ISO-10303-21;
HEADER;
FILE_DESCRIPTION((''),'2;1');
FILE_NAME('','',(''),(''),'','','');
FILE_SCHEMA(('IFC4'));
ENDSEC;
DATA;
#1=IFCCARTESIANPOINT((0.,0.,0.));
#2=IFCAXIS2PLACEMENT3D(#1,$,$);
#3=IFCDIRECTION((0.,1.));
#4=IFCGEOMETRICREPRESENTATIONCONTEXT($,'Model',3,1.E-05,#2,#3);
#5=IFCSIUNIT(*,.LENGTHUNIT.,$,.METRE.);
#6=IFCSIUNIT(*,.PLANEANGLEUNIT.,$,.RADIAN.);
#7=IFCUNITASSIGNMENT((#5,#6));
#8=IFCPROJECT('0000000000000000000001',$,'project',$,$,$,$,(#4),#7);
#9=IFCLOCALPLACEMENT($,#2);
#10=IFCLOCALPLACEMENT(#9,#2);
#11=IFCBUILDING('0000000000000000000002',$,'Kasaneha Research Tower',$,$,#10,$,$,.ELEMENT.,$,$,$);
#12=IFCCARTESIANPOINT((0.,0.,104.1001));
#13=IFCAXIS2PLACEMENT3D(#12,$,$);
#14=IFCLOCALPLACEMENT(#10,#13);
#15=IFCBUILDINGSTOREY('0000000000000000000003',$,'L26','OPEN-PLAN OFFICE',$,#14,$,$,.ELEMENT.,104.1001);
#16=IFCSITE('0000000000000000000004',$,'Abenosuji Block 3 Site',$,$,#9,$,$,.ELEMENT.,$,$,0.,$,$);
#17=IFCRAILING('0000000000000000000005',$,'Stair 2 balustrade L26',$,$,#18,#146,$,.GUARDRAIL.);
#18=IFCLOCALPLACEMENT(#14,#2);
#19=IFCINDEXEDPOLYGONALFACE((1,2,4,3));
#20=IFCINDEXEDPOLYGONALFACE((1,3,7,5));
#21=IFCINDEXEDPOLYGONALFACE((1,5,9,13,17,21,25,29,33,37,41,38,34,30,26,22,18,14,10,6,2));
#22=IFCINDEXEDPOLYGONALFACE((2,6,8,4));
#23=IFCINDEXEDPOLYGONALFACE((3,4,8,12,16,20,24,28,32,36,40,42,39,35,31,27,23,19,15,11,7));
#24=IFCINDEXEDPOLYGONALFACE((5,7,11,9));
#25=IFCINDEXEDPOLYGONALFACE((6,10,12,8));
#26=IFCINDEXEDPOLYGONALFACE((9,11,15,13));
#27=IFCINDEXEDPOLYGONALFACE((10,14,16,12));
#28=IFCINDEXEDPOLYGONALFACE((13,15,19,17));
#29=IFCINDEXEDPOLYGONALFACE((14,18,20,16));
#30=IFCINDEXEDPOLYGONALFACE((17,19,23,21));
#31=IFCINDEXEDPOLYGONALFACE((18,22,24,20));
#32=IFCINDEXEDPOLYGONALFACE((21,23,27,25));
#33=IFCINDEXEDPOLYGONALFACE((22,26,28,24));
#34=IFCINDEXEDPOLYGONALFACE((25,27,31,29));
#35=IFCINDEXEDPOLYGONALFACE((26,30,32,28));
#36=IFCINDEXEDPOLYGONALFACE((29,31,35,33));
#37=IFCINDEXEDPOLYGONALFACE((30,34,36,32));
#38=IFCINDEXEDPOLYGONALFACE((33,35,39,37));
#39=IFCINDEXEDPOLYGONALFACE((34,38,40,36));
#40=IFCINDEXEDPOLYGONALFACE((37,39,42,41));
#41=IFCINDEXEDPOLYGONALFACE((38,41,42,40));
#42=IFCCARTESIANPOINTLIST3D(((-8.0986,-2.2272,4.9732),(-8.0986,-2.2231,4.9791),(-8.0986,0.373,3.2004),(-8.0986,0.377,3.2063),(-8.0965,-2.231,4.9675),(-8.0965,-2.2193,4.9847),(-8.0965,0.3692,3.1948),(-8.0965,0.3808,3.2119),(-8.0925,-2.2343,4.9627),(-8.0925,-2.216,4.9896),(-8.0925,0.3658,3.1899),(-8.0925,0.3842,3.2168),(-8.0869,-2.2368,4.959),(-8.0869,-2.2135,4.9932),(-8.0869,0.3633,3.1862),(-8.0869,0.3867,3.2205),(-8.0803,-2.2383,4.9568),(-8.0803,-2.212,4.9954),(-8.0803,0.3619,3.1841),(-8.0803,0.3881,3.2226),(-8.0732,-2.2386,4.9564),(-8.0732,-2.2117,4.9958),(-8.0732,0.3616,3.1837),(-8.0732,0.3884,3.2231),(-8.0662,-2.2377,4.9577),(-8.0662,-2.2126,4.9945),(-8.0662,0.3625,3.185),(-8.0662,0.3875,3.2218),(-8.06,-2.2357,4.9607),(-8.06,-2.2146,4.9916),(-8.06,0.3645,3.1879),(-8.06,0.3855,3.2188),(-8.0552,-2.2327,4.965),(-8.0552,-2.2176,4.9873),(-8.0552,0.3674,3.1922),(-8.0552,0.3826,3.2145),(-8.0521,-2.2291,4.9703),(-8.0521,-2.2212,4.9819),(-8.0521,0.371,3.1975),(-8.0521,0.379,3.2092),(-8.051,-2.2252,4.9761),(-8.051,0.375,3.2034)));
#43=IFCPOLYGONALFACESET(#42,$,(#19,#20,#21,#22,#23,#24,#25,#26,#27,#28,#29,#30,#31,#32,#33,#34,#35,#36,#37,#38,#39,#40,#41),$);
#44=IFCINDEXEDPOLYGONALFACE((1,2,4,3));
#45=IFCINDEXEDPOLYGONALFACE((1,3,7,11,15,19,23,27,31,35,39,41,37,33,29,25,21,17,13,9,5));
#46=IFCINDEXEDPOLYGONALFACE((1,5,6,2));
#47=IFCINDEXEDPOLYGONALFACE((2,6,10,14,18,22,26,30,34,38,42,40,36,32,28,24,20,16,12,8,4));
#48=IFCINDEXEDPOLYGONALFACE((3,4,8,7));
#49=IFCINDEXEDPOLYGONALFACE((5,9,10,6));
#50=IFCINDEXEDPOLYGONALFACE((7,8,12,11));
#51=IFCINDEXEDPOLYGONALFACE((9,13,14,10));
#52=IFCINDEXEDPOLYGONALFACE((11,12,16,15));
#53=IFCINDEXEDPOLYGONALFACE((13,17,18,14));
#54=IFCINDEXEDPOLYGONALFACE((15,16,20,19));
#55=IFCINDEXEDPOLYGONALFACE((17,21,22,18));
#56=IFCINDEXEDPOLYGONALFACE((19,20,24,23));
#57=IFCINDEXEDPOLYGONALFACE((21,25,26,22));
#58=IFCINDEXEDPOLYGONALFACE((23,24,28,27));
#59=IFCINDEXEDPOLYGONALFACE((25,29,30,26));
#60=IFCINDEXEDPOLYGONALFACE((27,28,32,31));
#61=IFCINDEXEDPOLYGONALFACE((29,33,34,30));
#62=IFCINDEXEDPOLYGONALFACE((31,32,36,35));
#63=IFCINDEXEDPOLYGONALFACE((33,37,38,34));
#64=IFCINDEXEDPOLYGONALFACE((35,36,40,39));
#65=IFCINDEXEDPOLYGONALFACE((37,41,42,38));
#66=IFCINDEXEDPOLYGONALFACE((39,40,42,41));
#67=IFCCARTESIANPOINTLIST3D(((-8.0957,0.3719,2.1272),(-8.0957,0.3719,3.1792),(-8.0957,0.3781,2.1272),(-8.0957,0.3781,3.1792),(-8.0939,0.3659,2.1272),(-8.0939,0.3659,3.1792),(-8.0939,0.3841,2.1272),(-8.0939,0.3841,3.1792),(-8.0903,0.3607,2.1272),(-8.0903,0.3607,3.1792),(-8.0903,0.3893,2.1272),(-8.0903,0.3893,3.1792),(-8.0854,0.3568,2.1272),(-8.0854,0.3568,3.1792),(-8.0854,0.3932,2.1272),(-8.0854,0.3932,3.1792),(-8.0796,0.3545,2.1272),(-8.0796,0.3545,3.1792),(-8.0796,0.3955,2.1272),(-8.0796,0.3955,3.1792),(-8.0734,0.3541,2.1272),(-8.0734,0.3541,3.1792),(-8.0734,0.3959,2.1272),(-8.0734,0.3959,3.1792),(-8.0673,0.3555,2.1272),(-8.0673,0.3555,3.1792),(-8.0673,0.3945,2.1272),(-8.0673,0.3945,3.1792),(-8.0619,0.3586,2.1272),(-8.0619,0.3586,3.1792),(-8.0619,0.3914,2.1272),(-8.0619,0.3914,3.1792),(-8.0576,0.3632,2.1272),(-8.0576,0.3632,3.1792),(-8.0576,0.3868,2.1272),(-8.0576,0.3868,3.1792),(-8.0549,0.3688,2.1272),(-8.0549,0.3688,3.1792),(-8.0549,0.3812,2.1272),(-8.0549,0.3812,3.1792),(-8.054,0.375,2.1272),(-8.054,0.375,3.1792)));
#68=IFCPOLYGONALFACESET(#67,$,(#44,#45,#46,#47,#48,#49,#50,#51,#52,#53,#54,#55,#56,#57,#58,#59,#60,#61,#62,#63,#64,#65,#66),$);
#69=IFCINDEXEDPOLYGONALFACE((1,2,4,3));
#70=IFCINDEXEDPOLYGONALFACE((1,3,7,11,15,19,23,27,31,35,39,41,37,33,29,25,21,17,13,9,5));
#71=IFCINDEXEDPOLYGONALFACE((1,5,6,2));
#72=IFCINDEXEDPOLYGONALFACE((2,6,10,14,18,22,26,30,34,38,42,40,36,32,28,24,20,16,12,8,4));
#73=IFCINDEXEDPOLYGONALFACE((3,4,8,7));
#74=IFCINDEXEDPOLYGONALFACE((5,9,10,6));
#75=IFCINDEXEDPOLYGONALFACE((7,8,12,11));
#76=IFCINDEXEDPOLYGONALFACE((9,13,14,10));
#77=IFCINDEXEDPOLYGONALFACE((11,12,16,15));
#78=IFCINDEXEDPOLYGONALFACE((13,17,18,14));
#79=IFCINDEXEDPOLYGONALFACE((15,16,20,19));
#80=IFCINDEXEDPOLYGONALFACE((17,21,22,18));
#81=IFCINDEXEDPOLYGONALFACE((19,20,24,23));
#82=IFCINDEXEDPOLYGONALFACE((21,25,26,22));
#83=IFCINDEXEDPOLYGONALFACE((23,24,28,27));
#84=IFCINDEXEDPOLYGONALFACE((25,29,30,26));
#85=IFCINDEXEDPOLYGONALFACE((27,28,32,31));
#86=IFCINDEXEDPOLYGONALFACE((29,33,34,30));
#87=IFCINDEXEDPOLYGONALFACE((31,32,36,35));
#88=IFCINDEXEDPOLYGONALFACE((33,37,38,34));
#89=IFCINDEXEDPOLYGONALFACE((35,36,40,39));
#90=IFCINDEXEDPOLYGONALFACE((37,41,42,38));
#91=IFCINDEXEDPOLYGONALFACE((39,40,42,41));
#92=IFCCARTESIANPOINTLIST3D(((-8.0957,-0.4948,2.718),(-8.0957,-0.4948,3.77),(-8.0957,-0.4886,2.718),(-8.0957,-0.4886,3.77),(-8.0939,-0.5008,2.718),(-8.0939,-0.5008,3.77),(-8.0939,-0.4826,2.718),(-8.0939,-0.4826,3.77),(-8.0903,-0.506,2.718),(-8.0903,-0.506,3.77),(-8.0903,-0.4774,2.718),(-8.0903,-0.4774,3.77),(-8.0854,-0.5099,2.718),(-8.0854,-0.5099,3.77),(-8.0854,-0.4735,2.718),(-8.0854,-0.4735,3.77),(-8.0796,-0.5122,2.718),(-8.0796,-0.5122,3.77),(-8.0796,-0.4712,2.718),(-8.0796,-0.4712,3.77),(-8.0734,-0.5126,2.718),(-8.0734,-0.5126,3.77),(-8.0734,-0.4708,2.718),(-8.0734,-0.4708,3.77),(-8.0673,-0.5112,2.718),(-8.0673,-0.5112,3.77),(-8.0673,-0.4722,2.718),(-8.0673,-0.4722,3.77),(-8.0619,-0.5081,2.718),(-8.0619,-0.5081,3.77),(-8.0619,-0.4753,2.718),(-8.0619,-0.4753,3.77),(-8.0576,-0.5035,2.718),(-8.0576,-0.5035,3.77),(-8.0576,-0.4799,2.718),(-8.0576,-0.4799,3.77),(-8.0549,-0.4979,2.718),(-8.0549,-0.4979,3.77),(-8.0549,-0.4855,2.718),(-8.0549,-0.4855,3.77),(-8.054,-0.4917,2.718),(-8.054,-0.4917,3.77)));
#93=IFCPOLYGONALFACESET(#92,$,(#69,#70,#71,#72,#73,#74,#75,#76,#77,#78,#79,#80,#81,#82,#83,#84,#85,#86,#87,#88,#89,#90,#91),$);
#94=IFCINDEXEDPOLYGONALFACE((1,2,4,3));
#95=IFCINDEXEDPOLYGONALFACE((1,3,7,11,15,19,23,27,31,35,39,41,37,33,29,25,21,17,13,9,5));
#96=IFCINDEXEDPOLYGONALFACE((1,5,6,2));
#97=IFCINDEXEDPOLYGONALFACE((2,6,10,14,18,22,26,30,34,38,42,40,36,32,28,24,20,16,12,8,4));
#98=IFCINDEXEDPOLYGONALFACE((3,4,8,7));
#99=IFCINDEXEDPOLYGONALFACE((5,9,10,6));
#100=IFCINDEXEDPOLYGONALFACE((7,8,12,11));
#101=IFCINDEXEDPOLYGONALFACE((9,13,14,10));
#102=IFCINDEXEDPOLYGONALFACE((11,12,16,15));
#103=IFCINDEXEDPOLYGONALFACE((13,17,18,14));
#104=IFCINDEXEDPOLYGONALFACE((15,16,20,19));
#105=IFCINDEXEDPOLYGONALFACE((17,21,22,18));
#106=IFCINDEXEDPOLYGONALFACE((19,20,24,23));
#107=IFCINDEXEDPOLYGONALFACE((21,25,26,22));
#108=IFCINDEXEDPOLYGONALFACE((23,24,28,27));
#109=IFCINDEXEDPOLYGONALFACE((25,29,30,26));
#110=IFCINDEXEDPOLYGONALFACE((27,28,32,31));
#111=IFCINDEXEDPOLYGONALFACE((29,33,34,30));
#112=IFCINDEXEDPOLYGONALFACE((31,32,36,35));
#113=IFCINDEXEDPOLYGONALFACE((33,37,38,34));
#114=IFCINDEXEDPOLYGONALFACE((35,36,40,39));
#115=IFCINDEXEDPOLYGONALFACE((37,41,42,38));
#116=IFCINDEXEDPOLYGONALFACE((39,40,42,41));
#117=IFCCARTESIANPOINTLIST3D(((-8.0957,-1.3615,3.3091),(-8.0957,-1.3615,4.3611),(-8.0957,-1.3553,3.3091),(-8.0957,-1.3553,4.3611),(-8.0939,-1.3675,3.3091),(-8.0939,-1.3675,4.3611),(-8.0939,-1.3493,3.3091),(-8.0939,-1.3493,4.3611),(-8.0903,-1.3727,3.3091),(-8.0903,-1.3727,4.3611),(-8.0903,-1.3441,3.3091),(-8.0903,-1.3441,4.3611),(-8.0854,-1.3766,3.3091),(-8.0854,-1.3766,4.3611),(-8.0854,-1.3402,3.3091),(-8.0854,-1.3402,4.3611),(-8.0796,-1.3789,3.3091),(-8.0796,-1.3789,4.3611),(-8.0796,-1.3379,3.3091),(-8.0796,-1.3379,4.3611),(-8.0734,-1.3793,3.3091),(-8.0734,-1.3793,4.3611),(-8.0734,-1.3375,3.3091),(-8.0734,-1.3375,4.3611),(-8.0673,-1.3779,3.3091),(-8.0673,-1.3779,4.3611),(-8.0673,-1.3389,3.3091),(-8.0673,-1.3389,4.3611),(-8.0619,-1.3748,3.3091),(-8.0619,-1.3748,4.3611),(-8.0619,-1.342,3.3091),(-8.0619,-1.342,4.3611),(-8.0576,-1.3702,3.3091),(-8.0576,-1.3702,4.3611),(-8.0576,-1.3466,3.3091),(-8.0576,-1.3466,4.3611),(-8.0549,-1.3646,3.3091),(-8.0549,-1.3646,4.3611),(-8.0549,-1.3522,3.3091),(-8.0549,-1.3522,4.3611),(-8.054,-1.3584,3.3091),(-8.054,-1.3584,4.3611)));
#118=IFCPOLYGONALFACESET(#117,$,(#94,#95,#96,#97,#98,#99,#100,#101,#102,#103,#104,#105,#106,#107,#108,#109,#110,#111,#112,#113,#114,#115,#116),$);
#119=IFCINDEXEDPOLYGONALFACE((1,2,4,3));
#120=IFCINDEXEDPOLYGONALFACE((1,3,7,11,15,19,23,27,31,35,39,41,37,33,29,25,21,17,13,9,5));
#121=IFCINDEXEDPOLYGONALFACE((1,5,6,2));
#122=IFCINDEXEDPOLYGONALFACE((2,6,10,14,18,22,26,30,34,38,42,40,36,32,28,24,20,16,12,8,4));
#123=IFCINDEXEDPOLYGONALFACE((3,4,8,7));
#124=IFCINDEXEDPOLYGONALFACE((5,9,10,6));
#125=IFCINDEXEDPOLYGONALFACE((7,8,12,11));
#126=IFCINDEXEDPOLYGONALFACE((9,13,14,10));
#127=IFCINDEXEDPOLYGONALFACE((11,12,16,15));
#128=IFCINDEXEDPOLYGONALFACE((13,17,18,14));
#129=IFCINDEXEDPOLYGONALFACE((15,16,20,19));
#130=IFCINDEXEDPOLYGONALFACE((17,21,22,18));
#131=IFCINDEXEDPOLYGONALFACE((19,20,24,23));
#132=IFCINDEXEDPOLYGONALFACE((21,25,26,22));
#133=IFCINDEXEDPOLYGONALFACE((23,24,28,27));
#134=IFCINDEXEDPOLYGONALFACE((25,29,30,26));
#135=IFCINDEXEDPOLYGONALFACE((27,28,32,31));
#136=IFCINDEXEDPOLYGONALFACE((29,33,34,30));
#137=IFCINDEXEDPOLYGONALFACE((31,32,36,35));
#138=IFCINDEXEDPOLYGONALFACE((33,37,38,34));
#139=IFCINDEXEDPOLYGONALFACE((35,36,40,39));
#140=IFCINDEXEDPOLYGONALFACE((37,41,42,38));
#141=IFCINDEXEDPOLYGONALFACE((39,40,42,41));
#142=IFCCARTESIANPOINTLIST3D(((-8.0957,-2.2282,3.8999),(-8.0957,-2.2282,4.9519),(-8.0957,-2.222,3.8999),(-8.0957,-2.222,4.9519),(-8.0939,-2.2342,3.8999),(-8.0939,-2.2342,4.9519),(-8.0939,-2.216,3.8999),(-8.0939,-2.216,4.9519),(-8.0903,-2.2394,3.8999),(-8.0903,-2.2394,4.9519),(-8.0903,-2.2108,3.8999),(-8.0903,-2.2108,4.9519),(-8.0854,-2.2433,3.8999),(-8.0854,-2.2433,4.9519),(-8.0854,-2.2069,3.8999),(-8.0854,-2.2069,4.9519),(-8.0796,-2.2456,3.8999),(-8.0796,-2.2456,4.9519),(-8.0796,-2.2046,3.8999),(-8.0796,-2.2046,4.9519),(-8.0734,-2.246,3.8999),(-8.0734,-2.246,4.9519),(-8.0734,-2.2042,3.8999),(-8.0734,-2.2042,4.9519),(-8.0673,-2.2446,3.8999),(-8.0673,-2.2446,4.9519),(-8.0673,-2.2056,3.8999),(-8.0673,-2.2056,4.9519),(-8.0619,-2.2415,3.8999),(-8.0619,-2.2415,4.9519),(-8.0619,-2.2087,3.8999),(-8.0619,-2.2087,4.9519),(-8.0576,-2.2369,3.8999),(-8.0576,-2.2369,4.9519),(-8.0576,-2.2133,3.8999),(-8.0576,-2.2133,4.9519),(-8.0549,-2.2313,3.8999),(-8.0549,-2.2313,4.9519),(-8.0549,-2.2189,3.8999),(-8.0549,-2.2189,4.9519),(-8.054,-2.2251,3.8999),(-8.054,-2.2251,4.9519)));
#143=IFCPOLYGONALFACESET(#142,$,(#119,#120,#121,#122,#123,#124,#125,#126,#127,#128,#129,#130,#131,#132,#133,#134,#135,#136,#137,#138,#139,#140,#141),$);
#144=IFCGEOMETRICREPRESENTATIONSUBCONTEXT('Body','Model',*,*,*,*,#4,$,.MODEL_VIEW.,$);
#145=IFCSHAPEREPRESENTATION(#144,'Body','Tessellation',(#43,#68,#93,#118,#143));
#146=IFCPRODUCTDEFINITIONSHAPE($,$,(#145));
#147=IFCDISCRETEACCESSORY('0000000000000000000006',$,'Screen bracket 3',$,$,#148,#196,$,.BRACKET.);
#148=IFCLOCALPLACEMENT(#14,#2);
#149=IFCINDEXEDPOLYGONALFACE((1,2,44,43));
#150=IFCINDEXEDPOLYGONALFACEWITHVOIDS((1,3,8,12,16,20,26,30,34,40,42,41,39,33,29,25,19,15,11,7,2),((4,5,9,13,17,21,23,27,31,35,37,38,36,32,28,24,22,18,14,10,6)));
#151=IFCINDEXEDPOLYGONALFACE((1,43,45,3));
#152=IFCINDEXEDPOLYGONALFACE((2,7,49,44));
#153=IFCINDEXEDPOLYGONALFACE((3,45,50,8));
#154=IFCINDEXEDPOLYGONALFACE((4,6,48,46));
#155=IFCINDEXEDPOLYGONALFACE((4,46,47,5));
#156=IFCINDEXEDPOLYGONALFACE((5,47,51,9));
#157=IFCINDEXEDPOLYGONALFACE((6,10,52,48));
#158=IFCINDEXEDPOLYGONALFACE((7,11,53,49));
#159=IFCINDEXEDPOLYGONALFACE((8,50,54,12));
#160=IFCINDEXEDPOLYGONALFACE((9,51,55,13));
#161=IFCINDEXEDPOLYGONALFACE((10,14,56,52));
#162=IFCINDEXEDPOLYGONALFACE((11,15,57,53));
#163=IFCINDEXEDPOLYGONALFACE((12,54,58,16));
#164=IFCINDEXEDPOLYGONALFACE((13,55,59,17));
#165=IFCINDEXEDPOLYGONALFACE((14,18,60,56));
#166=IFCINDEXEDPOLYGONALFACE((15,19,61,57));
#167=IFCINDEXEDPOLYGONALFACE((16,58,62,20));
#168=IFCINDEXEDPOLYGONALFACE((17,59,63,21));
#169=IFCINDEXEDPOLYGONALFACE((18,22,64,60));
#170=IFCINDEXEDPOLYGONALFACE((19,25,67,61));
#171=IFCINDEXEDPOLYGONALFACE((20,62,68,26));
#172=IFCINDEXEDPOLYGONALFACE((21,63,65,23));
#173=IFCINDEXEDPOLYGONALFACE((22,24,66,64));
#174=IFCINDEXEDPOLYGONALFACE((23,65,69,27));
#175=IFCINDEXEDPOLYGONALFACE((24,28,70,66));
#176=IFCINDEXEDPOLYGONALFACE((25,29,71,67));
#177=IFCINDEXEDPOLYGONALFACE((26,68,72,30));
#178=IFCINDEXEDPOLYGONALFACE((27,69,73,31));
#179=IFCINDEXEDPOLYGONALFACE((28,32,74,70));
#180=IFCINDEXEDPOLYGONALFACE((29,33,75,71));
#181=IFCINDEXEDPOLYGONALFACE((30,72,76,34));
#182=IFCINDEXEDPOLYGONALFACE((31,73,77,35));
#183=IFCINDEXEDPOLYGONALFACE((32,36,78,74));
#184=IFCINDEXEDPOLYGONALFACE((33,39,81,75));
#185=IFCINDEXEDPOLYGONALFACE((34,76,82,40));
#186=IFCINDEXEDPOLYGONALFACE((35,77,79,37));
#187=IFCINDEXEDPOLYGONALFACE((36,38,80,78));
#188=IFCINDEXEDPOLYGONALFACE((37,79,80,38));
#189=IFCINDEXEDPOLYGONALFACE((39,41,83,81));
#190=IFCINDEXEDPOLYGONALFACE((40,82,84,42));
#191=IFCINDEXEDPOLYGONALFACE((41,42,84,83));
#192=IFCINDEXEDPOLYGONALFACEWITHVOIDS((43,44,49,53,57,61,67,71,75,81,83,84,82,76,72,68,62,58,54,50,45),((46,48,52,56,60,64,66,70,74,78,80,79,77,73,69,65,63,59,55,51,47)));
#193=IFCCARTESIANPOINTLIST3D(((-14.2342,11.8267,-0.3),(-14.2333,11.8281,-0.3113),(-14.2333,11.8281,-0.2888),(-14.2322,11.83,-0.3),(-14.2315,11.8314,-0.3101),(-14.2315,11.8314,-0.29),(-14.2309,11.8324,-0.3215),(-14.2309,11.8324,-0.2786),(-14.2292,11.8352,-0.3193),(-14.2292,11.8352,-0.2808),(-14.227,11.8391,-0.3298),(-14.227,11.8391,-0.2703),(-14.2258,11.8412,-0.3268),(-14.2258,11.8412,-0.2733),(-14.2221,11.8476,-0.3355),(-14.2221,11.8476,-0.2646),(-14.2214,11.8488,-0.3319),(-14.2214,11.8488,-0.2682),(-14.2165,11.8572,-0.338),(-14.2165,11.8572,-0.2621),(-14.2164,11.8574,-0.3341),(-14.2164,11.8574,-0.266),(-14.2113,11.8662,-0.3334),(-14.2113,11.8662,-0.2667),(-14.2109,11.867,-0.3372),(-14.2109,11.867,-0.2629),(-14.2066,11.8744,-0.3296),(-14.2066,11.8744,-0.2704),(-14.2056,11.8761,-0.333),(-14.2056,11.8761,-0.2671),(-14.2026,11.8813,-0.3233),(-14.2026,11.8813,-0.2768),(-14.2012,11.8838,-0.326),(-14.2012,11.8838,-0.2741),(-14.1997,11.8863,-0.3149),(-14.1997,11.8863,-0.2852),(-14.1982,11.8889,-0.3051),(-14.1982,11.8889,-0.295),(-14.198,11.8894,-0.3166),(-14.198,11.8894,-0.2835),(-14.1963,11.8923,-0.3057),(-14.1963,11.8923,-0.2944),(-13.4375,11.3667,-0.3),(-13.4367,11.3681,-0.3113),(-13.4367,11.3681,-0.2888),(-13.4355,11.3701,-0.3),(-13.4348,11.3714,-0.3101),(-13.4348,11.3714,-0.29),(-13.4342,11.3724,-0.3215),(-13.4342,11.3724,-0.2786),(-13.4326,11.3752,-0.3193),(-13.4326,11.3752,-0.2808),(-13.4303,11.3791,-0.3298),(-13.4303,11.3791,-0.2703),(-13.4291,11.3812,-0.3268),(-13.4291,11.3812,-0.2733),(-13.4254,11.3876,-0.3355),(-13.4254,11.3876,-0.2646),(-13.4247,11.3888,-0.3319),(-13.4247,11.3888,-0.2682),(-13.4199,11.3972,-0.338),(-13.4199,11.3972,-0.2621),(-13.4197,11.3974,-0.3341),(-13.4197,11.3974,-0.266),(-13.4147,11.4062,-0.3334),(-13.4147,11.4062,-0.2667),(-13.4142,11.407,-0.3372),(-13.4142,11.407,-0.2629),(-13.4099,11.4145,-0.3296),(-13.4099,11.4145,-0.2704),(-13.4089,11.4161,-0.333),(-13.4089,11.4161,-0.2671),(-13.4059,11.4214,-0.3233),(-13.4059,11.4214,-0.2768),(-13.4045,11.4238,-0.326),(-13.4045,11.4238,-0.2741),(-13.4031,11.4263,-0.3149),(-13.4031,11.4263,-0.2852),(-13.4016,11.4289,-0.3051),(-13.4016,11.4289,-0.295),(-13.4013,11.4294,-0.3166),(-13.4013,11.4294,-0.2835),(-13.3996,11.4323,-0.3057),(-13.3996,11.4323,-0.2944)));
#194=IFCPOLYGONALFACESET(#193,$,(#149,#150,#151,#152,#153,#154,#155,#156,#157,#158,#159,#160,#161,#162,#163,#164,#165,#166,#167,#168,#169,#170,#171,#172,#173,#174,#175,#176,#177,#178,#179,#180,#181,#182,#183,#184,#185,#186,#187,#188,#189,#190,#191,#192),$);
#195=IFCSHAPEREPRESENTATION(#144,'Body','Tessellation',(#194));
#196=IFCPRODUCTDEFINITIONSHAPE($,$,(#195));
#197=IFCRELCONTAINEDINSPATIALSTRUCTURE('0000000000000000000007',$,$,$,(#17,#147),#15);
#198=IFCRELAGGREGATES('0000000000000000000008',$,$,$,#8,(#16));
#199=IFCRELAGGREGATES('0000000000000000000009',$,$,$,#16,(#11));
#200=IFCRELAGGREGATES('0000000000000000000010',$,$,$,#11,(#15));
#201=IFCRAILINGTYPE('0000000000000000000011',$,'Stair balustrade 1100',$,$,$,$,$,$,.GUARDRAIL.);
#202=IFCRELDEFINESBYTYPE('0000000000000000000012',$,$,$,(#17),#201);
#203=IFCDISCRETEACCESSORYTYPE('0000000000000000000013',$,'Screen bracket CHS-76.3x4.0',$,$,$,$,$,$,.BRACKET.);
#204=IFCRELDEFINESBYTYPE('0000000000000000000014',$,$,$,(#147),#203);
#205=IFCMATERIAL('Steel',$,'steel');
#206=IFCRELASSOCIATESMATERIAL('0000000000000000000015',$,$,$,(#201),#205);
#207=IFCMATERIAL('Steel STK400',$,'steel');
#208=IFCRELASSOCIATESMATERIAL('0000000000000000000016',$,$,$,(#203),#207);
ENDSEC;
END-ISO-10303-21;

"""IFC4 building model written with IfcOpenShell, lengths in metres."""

from ifc_helpers import new_model, si_unit, direction, frame, origin, origin_2d, place, context, subcontext, project, spatial, circle, hollow_circle, extrude, material, material_profile, profile_set, type_object, element, save


model = new_model("IFC4")

# Units and contexts
model_context = context("Model", 3, precision=1e-05, world=origin(), true_north=direction((0.0, 1.0)))
body_context = subcontext(model_context, "Body", "Model", "MODEL_VIEW")
ifc_project = project(units=[si_unit("LENGTHUNIT", "METRE"), si_unit("PLANEANGLEUNIT", "RADIAN")], contexts=[model_context])

# Site, building, storey
site_placement = place(None, origin())
site = spatial("IfcSite", under=ifc_project, at=site_placement, Name="Abenosuji Block 3 Site", CompositionType="ELEMENT", RefElevation=0.0)
building_placement = place(site_placement, origin())
building = spatial("IfcBuilding", under=site, at=building_placement, Name="Kasaneha Research Tower", CompositionType="ELEMENT")
storey_placement = place(building_placement, frame((0.0, 0.0, 104.1001)))
storey = spatial("IfcBuildingStorey", under=building, at=storey_placement, Name="L26", Description="OPEN-PLAN OFFICE", CompositionType="ELEMENT", Elevation=104.1001)

# Railing
ifc_material_1 = material(Name="Steel", Category="steel")
railing_type = type_object("IfcRailingType", Name="Stair balustrade 1100", PredefinedType="GUARDRAIL", material=ifc_material_1)
railing_placement = place(storey_placement, frame((-8.075, 0.375, 2.1272)))
element("IfcRailing", 1, at=railing_placement, inside=storey, type_object=railing_type, Name="Stair 2 balustrade L26", PredefinedType="GUARDRAIL", context=body_context, shape_type="SweptSolid", body=[
    extrude(circle(Radius=0.0239, at=origin_2d()), frame((0.0, 0.0, 1.0762), z_axis=(0.0, -0.82624, 0.563318), x_axis=(1.0, 0.0, 0.0)), (0.0, 0.0, 1.0), 3.147),
    extrude(circle(Radius=0.021, at=origin_2d()), origin(), (0.0, 0.0, 1.0), 1.052),
    extrude(circle(Radius=0.021, at=origin_2d()), frame((0.0, -0.8667, 0.5908)), (0.0, 0.0, 1.0), 1.052),
    extrude(circle(Radius=0.021, at=origin_2d()), frame((0.0, -1.7334, 1.1819)), (0.0, 0.0, 1.0), 1.052),
    extrude(circle(Radius=0.021, at=origin_2d()), frame((0.0, -2.6001, 1.7727)), (0.0, 0.0, 1.0), 1.052),
])

# Discrete accessory
ifc_material_2 = material(Name="Steel STK400", Category="steel")
ifc_material_profile_1 = material_profile(ifc_material_2, hollow_circle(Radius=0.0381, WallThickness=0.0039, at=origin_2d()), Name="CHS-76.3x4.0")
ifc_profile_set_1 = profile_set([ifc_material_profile_1], Name="Steel STK400")
discrete_accessory_type = type_object("IfcDiscreteAccessoryType", Name="Screen bracket CHS-76.3x4.0", PredefinedType="BRACKET", material=ifc_profile_set_1)
for number, where, z_axis, x_axis, name in (
    (2, (-13.4185, 11.3997, -0.3), (-0.866013, 0.500021, 0.0), (-0.500021, -0.866013, 0.0), "Screen bracket 3"),
):
    element("IfcDiscreteAccessory", number, at=place(storey_placement, frame(where, z_axis=z_axis, x_axis=x_axis)), inside=storey, type_object=discrete_accessory_type, Name=name, PredefinedType="BRACKET", context=body_context, shape_type="SweptSolid", body=[
        extrude(hollow_circle(Radius=0.0381, WallThickness=0.0039, at=origin_2d()), origin(), (0.0, 0.0, 1.0), 0.9199),
    ])

save(model, "model.ifc")
